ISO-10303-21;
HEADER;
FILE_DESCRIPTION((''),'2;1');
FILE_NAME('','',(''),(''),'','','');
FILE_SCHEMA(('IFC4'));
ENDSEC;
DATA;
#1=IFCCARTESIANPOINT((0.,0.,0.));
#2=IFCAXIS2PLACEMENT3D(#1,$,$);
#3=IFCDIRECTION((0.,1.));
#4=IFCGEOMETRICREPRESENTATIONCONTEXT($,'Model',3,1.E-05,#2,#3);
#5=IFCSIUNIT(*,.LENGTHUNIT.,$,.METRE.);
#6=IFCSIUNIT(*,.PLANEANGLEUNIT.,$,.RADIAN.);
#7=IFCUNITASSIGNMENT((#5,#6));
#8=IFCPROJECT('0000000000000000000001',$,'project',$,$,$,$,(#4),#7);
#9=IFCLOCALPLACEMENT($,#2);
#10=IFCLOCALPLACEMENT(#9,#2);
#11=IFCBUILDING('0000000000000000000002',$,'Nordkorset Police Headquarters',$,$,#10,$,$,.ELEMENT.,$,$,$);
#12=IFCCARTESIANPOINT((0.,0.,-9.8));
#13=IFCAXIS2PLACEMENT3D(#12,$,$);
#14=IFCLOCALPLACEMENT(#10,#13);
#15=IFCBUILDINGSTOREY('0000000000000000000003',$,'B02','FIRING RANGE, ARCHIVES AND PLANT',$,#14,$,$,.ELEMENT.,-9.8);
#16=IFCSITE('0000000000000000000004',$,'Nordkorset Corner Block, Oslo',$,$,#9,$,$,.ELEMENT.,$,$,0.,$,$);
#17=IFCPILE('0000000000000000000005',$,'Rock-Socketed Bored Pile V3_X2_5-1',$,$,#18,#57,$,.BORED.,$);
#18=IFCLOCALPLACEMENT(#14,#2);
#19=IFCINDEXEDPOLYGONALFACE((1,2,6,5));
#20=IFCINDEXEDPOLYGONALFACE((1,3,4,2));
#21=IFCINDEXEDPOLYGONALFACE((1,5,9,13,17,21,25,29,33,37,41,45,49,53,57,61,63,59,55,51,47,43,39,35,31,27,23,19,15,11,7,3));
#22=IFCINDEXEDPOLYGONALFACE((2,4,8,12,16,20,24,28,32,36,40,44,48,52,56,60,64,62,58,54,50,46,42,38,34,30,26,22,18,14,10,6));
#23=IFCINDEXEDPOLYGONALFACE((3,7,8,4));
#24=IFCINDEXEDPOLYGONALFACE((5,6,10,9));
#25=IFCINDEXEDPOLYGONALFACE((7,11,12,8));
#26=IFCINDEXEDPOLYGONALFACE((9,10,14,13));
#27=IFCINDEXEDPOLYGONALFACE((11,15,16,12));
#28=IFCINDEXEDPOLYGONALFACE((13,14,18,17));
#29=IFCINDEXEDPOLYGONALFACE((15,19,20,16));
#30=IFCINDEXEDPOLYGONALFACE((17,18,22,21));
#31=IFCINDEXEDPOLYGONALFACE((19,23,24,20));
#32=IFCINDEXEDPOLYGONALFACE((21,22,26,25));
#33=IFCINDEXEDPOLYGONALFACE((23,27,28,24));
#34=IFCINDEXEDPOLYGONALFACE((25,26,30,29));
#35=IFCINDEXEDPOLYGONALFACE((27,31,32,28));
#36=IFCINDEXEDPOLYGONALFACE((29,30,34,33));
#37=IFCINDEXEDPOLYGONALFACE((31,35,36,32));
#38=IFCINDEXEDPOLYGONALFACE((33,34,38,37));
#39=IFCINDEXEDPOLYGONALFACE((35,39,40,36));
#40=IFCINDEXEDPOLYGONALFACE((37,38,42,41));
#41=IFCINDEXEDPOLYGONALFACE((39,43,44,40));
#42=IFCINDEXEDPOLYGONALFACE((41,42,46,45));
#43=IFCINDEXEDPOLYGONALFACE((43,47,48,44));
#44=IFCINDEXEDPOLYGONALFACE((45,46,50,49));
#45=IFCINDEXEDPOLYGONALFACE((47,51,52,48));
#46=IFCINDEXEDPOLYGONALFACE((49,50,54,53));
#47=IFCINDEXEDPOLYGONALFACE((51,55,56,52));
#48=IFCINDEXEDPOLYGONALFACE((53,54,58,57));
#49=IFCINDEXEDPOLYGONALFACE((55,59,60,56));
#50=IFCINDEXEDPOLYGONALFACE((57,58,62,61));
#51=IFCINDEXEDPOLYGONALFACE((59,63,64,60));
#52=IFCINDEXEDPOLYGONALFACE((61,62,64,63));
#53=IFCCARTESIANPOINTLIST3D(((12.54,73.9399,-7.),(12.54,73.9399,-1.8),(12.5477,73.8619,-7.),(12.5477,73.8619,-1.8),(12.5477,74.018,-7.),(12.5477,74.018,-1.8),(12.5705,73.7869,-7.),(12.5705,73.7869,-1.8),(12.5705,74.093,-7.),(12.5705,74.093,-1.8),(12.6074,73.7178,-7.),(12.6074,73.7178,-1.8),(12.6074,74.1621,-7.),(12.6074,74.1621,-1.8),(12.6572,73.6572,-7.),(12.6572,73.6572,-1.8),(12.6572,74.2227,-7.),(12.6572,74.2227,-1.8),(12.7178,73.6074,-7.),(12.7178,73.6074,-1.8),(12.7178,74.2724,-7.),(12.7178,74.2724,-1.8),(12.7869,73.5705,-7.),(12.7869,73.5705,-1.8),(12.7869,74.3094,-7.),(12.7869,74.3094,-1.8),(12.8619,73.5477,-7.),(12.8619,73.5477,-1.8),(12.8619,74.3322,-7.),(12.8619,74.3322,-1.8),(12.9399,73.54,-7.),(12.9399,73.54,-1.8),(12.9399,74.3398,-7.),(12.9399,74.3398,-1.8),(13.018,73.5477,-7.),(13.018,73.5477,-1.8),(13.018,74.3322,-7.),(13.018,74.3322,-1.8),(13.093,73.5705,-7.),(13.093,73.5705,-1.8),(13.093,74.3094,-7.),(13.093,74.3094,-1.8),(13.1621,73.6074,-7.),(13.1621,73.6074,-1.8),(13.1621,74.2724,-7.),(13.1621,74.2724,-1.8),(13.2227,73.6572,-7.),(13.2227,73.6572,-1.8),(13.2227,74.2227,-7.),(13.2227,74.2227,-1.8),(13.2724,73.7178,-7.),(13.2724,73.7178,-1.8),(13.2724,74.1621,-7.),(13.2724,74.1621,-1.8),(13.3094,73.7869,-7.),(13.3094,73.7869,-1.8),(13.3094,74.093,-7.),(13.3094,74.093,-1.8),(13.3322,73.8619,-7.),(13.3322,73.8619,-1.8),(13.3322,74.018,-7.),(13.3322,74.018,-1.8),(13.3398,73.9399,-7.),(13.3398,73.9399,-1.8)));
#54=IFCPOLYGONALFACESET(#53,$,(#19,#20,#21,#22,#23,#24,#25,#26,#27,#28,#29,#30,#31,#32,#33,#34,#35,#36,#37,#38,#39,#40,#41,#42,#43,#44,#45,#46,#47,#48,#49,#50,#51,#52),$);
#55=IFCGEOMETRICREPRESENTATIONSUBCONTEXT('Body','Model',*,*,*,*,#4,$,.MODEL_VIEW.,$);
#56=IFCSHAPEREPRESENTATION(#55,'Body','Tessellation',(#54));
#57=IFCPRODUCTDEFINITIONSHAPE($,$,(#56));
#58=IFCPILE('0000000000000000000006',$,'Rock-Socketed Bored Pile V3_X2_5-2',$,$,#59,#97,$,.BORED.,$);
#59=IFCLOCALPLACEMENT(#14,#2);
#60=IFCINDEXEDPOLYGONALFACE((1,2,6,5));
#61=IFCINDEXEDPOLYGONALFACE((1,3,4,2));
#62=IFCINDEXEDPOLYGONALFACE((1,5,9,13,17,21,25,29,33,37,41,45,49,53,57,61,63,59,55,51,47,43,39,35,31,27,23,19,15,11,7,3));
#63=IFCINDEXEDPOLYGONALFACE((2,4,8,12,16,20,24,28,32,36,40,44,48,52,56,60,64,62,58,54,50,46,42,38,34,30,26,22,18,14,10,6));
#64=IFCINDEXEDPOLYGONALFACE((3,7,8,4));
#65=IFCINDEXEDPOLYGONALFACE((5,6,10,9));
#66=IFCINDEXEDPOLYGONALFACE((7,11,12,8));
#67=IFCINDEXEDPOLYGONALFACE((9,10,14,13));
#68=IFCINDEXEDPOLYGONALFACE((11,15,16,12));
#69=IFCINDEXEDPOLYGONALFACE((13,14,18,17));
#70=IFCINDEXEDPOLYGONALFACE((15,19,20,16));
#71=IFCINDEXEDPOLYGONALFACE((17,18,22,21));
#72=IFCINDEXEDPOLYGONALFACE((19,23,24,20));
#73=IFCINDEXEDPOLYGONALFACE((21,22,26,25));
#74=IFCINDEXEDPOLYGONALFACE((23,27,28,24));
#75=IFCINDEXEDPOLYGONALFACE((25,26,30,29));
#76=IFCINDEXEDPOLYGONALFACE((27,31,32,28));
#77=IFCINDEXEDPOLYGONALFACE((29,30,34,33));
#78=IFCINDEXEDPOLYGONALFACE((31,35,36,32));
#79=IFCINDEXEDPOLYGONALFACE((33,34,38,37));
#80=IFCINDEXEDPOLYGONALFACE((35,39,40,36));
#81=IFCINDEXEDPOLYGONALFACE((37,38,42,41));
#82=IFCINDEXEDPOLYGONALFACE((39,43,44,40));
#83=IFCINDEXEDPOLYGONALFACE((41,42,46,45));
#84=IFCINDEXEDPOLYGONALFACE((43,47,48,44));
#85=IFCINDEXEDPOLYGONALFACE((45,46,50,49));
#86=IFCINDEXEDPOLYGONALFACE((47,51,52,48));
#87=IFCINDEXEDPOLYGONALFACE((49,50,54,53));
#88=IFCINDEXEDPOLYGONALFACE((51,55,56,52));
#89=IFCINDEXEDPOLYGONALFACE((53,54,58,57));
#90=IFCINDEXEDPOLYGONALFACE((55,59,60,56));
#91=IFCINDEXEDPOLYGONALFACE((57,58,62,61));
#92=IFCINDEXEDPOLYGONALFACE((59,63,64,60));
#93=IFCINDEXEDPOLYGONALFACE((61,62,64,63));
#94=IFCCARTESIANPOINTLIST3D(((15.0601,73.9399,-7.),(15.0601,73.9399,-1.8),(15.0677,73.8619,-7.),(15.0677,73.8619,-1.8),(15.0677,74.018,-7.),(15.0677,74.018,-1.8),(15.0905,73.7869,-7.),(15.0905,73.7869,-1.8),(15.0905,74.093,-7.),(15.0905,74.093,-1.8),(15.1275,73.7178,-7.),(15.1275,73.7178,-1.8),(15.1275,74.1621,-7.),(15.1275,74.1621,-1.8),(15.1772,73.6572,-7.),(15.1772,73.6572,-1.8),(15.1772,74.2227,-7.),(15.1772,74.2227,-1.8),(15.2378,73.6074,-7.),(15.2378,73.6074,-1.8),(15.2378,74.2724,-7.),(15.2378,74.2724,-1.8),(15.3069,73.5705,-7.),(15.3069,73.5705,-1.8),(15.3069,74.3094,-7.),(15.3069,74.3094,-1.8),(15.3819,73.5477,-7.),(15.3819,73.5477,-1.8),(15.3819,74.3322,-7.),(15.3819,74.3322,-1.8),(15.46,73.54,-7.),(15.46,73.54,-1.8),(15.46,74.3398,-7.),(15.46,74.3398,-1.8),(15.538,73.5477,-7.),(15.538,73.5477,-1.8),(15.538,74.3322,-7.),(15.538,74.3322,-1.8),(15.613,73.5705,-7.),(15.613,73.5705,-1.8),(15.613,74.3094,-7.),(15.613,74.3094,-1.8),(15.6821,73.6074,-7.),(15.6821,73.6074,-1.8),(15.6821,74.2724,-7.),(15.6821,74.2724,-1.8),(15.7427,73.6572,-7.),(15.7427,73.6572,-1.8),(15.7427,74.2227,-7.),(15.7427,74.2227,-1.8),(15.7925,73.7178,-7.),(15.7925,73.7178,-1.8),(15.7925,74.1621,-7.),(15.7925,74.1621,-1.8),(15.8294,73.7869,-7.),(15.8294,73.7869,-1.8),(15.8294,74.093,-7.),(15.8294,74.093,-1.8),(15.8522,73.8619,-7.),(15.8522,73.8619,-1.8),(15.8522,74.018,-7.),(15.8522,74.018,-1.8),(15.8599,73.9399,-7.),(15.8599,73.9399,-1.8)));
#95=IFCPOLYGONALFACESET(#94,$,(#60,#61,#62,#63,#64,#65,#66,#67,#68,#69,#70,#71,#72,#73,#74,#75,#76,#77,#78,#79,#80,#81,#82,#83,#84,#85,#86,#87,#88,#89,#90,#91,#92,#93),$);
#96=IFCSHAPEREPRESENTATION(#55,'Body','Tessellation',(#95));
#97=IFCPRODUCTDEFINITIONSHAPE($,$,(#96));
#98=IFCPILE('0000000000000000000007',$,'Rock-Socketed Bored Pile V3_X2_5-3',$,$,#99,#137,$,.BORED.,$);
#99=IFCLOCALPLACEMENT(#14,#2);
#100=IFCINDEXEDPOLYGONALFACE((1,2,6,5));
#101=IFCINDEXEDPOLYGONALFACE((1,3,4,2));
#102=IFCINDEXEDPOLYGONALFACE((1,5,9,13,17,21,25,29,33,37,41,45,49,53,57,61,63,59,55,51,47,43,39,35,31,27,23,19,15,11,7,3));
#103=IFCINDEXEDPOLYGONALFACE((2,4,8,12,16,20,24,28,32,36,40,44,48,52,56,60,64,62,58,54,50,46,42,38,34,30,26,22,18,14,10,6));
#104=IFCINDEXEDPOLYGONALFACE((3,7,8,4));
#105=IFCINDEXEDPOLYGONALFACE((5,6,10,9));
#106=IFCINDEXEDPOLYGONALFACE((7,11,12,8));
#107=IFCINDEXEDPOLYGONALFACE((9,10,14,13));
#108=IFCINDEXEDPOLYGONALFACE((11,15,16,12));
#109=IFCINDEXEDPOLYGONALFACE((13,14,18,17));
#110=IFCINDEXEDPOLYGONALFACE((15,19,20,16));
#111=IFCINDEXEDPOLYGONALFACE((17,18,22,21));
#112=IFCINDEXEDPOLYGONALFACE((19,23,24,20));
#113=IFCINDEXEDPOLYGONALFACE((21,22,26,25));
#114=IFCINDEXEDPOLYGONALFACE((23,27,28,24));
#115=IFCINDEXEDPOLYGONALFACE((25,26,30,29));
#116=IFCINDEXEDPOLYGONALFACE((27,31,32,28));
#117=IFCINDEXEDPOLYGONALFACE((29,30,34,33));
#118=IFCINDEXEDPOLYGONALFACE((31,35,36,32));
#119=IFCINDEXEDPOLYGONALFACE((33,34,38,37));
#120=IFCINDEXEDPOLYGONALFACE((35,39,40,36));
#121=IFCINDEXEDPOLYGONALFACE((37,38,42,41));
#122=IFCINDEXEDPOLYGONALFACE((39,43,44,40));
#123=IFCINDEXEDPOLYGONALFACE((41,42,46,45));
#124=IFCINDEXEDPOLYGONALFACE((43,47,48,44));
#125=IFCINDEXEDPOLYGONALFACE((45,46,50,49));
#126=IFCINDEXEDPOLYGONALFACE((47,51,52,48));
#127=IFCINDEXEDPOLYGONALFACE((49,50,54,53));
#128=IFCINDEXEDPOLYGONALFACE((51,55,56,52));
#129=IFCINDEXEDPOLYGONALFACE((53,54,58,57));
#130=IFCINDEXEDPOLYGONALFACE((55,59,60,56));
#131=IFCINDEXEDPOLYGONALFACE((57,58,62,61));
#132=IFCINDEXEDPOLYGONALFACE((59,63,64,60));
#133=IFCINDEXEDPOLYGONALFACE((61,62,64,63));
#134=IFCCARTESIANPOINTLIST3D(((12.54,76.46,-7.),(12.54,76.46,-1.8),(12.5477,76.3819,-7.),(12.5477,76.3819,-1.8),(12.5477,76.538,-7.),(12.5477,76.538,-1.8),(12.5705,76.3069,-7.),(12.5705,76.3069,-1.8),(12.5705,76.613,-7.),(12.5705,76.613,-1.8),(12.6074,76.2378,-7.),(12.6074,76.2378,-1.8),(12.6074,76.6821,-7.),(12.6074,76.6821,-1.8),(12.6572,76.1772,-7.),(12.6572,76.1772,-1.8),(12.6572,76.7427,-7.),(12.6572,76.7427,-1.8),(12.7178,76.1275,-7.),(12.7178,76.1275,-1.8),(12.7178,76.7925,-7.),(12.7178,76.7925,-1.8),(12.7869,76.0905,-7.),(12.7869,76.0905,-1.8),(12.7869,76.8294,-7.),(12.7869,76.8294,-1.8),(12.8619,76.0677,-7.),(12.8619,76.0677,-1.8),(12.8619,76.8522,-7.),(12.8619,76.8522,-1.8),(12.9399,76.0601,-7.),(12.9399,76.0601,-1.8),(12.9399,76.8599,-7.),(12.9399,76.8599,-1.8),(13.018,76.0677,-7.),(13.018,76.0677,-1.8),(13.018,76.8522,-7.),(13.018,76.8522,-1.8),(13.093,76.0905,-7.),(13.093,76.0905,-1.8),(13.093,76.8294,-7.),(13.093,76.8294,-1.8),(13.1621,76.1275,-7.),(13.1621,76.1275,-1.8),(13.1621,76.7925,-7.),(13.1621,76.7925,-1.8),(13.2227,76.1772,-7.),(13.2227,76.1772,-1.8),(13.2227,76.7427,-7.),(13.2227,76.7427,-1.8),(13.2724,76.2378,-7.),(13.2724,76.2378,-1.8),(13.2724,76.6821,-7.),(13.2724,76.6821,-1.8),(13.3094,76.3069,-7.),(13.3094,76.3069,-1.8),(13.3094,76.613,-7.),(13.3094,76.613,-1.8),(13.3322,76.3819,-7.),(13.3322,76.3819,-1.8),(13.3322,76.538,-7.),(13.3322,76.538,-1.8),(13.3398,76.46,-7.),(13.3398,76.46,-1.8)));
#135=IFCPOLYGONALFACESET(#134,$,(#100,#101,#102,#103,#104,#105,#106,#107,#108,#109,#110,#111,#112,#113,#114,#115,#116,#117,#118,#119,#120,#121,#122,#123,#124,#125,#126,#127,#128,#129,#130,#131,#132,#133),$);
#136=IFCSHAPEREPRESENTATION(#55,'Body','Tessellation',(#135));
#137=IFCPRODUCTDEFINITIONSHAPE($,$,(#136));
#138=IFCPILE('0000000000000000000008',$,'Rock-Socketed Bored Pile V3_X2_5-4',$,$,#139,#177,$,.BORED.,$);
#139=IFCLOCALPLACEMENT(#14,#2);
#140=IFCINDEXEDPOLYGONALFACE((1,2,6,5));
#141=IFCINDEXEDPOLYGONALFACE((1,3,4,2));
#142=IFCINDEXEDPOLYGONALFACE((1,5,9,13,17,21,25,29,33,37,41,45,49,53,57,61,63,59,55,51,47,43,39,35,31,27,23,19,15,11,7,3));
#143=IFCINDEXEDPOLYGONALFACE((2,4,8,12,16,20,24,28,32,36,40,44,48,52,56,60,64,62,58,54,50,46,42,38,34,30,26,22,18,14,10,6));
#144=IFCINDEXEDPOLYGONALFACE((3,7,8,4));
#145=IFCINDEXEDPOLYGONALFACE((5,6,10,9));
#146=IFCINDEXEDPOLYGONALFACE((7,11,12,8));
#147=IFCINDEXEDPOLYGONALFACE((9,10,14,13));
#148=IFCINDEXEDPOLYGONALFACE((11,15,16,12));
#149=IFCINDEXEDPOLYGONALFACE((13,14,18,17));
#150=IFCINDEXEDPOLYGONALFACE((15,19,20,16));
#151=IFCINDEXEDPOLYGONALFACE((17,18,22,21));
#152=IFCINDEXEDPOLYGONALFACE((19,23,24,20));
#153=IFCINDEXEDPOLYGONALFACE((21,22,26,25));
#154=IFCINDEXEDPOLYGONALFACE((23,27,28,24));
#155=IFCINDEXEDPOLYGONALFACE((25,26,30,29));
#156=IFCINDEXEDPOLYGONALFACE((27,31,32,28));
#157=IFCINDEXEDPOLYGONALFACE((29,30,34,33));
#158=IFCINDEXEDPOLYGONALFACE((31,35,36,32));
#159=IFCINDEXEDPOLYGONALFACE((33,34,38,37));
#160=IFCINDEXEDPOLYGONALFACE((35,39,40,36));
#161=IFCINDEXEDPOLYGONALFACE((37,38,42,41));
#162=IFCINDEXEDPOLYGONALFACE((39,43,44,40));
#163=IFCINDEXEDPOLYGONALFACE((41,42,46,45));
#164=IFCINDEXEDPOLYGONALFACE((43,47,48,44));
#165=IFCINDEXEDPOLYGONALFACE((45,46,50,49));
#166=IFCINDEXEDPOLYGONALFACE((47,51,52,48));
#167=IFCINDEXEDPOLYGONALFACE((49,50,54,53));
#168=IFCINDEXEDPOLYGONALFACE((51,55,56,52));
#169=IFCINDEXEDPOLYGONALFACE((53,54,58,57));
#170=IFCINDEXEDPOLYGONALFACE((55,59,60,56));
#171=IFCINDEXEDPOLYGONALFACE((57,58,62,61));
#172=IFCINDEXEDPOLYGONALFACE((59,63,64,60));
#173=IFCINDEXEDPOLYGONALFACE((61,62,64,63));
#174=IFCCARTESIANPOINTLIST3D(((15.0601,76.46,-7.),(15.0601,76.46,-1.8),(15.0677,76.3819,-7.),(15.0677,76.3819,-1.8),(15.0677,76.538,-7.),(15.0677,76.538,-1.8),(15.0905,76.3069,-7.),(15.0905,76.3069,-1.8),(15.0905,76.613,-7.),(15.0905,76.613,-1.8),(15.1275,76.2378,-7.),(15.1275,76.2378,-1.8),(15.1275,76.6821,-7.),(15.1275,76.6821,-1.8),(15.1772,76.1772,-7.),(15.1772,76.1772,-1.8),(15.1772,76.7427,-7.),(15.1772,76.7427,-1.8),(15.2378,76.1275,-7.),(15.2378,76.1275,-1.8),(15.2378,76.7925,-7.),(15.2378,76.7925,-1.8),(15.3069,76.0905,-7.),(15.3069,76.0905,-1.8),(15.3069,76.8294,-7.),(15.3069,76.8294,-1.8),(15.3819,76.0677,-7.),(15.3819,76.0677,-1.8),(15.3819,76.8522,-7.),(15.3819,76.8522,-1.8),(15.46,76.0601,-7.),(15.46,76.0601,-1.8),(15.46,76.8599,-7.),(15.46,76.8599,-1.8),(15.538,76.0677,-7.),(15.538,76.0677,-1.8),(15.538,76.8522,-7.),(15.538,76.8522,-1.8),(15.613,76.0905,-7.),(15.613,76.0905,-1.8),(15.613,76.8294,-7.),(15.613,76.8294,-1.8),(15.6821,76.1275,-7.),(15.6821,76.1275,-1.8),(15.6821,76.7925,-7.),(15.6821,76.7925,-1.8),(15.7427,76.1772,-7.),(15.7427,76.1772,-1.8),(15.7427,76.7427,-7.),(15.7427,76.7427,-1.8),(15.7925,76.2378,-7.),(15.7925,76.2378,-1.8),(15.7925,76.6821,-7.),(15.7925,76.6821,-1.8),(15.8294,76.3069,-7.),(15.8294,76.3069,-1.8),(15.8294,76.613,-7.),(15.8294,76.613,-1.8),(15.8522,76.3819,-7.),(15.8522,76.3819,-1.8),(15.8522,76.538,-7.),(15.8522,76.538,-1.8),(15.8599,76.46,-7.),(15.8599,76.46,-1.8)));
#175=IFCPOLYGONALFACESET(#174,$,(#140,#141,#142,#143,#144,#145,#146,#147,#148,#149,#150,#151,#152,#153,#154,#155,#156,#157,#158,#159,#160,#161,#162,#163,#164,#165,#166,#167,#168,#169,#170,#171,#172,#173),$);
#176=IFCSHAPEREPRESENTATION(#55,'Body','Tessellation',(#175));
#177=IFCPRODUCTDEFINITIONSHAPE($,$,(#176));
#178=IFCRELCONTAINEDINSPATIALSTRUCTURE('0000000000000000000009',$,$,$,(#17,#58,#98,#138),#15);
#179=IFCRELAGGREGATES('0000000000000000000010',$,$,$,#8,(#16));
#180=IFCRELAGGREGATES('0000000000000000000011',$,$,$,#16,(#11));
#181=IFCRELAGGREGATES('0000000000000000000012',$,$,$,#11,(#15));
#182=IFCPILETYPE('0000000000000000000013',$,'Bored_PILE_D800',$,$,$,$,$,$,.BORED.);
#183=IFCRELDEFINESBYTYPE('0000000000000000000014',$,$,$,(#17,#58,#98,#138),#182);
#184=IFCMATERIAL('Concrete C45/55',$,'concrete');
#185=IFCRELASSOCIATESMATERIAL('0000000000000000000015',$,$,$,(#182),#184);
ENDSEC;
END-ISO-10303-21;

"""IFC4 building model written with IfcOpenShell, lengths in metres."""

from ifc_helpers import new_model, si_unit, direction, frame, origin, origin_2d, place, context, subcontext, project, spatial, circle, extrude, material, material_profile, profile_set, type_object, element, save


model = new_model("IFC4")

# Units and contexts
model_context = context("Model", 3, precision=1e-05, world=origin(), true_north=direction((0.0, 1.0)))
body_context = subcontext(model_context, "Body", "Model", "MODEL_VIEW")
ifc_project = project(units=[si_unit("LENGTHUNIT", "METRE"), si_unit("PLANEANGLEUNIT", "RADIAN")], contexts=[model_context])

# Site, building, storey
site_placement = place(None, origin())
site = spatial("IfcSite", under=ifc_project, at=site_placement, Name="Nordkorset Corner Block, Oslo", CompositionType="ELEMENT", RefElevation=0.0)
building_placement = place(site_placement, origin())
building = spatial("IfcBuilding", under=site, at=building_placement, Name="Nordkorset Police Headquarters", CompositionType="ELEMENT")
storey_placement = place(building_placement, frame((0.0, 0.0, -9.8)))
storey = spatial("IfcBuildingStorey", under=building, at=storey_placement, Name="B02", Description="FIRING RANGE, ARCHIVES AND PLANT", CompositionType="ELEMENT", Elevation=-9.8)

# Piles
ifc_material_1 = material(Name="Concrete C45/55", Category="concrete")
ifc_material_profile_1 = material_profile(ifc_material_1, circle(Radius=0.3999, at=origin_2d()), Name="PILE D800")
ifc_profile_set_1 = profile_set([ifc_material_profile_1], Name="Concrete C45/55")
pile_type_1 = type_object("IfcPileType", Name="Bored_PILE_D800", PredefinedType="BORED", material=ifc_profile_set_1)
for number, where, z_axis, x_axis, name in (
    (1, (12.9399, 73.9399, -1.8), (0.0, 0.0, -1.0), (1.0, 0.0, 0.0), "Rock-Socketed Bored Pile V3_X2_5-1"),
    (2, (15.46, 73.9399, -1.8), (0.0, 0.0, -1.0), (1.0, 0.0, 0.0), "Rock-Socketed Bored Pile V3_X2_5-2"),
    (3, (12.9399, 76.46, -1.8), (0.0, 0.0, -1.0), (1.0, 0.0, 0.0), "Rock-Socketed Bored Pile V3_X2_5-3"),
    (4, (15.46, 76.46, -1.8), (0.0, 0.0, -1.0), (1.0, 0.0, 0.0), "Rock-Socketed Bored Pile V3_X2_5-4"),
):
    element("IfcPile", number, at=place(storey_placement, frame(where, z_axis=z_axis, x_axis=x_axis)), inside=storey, type_object=pile_type_1, Name=name, PredefinedType="BORED", context=body_context, shape_type="SweptSolid", body=[
        extrude(circle(Radius=0.3999, at=origin_2d()), origin(), (0.0, 0.0, 1.0), 5.2),
    ])

save(model, "model.ifc")
